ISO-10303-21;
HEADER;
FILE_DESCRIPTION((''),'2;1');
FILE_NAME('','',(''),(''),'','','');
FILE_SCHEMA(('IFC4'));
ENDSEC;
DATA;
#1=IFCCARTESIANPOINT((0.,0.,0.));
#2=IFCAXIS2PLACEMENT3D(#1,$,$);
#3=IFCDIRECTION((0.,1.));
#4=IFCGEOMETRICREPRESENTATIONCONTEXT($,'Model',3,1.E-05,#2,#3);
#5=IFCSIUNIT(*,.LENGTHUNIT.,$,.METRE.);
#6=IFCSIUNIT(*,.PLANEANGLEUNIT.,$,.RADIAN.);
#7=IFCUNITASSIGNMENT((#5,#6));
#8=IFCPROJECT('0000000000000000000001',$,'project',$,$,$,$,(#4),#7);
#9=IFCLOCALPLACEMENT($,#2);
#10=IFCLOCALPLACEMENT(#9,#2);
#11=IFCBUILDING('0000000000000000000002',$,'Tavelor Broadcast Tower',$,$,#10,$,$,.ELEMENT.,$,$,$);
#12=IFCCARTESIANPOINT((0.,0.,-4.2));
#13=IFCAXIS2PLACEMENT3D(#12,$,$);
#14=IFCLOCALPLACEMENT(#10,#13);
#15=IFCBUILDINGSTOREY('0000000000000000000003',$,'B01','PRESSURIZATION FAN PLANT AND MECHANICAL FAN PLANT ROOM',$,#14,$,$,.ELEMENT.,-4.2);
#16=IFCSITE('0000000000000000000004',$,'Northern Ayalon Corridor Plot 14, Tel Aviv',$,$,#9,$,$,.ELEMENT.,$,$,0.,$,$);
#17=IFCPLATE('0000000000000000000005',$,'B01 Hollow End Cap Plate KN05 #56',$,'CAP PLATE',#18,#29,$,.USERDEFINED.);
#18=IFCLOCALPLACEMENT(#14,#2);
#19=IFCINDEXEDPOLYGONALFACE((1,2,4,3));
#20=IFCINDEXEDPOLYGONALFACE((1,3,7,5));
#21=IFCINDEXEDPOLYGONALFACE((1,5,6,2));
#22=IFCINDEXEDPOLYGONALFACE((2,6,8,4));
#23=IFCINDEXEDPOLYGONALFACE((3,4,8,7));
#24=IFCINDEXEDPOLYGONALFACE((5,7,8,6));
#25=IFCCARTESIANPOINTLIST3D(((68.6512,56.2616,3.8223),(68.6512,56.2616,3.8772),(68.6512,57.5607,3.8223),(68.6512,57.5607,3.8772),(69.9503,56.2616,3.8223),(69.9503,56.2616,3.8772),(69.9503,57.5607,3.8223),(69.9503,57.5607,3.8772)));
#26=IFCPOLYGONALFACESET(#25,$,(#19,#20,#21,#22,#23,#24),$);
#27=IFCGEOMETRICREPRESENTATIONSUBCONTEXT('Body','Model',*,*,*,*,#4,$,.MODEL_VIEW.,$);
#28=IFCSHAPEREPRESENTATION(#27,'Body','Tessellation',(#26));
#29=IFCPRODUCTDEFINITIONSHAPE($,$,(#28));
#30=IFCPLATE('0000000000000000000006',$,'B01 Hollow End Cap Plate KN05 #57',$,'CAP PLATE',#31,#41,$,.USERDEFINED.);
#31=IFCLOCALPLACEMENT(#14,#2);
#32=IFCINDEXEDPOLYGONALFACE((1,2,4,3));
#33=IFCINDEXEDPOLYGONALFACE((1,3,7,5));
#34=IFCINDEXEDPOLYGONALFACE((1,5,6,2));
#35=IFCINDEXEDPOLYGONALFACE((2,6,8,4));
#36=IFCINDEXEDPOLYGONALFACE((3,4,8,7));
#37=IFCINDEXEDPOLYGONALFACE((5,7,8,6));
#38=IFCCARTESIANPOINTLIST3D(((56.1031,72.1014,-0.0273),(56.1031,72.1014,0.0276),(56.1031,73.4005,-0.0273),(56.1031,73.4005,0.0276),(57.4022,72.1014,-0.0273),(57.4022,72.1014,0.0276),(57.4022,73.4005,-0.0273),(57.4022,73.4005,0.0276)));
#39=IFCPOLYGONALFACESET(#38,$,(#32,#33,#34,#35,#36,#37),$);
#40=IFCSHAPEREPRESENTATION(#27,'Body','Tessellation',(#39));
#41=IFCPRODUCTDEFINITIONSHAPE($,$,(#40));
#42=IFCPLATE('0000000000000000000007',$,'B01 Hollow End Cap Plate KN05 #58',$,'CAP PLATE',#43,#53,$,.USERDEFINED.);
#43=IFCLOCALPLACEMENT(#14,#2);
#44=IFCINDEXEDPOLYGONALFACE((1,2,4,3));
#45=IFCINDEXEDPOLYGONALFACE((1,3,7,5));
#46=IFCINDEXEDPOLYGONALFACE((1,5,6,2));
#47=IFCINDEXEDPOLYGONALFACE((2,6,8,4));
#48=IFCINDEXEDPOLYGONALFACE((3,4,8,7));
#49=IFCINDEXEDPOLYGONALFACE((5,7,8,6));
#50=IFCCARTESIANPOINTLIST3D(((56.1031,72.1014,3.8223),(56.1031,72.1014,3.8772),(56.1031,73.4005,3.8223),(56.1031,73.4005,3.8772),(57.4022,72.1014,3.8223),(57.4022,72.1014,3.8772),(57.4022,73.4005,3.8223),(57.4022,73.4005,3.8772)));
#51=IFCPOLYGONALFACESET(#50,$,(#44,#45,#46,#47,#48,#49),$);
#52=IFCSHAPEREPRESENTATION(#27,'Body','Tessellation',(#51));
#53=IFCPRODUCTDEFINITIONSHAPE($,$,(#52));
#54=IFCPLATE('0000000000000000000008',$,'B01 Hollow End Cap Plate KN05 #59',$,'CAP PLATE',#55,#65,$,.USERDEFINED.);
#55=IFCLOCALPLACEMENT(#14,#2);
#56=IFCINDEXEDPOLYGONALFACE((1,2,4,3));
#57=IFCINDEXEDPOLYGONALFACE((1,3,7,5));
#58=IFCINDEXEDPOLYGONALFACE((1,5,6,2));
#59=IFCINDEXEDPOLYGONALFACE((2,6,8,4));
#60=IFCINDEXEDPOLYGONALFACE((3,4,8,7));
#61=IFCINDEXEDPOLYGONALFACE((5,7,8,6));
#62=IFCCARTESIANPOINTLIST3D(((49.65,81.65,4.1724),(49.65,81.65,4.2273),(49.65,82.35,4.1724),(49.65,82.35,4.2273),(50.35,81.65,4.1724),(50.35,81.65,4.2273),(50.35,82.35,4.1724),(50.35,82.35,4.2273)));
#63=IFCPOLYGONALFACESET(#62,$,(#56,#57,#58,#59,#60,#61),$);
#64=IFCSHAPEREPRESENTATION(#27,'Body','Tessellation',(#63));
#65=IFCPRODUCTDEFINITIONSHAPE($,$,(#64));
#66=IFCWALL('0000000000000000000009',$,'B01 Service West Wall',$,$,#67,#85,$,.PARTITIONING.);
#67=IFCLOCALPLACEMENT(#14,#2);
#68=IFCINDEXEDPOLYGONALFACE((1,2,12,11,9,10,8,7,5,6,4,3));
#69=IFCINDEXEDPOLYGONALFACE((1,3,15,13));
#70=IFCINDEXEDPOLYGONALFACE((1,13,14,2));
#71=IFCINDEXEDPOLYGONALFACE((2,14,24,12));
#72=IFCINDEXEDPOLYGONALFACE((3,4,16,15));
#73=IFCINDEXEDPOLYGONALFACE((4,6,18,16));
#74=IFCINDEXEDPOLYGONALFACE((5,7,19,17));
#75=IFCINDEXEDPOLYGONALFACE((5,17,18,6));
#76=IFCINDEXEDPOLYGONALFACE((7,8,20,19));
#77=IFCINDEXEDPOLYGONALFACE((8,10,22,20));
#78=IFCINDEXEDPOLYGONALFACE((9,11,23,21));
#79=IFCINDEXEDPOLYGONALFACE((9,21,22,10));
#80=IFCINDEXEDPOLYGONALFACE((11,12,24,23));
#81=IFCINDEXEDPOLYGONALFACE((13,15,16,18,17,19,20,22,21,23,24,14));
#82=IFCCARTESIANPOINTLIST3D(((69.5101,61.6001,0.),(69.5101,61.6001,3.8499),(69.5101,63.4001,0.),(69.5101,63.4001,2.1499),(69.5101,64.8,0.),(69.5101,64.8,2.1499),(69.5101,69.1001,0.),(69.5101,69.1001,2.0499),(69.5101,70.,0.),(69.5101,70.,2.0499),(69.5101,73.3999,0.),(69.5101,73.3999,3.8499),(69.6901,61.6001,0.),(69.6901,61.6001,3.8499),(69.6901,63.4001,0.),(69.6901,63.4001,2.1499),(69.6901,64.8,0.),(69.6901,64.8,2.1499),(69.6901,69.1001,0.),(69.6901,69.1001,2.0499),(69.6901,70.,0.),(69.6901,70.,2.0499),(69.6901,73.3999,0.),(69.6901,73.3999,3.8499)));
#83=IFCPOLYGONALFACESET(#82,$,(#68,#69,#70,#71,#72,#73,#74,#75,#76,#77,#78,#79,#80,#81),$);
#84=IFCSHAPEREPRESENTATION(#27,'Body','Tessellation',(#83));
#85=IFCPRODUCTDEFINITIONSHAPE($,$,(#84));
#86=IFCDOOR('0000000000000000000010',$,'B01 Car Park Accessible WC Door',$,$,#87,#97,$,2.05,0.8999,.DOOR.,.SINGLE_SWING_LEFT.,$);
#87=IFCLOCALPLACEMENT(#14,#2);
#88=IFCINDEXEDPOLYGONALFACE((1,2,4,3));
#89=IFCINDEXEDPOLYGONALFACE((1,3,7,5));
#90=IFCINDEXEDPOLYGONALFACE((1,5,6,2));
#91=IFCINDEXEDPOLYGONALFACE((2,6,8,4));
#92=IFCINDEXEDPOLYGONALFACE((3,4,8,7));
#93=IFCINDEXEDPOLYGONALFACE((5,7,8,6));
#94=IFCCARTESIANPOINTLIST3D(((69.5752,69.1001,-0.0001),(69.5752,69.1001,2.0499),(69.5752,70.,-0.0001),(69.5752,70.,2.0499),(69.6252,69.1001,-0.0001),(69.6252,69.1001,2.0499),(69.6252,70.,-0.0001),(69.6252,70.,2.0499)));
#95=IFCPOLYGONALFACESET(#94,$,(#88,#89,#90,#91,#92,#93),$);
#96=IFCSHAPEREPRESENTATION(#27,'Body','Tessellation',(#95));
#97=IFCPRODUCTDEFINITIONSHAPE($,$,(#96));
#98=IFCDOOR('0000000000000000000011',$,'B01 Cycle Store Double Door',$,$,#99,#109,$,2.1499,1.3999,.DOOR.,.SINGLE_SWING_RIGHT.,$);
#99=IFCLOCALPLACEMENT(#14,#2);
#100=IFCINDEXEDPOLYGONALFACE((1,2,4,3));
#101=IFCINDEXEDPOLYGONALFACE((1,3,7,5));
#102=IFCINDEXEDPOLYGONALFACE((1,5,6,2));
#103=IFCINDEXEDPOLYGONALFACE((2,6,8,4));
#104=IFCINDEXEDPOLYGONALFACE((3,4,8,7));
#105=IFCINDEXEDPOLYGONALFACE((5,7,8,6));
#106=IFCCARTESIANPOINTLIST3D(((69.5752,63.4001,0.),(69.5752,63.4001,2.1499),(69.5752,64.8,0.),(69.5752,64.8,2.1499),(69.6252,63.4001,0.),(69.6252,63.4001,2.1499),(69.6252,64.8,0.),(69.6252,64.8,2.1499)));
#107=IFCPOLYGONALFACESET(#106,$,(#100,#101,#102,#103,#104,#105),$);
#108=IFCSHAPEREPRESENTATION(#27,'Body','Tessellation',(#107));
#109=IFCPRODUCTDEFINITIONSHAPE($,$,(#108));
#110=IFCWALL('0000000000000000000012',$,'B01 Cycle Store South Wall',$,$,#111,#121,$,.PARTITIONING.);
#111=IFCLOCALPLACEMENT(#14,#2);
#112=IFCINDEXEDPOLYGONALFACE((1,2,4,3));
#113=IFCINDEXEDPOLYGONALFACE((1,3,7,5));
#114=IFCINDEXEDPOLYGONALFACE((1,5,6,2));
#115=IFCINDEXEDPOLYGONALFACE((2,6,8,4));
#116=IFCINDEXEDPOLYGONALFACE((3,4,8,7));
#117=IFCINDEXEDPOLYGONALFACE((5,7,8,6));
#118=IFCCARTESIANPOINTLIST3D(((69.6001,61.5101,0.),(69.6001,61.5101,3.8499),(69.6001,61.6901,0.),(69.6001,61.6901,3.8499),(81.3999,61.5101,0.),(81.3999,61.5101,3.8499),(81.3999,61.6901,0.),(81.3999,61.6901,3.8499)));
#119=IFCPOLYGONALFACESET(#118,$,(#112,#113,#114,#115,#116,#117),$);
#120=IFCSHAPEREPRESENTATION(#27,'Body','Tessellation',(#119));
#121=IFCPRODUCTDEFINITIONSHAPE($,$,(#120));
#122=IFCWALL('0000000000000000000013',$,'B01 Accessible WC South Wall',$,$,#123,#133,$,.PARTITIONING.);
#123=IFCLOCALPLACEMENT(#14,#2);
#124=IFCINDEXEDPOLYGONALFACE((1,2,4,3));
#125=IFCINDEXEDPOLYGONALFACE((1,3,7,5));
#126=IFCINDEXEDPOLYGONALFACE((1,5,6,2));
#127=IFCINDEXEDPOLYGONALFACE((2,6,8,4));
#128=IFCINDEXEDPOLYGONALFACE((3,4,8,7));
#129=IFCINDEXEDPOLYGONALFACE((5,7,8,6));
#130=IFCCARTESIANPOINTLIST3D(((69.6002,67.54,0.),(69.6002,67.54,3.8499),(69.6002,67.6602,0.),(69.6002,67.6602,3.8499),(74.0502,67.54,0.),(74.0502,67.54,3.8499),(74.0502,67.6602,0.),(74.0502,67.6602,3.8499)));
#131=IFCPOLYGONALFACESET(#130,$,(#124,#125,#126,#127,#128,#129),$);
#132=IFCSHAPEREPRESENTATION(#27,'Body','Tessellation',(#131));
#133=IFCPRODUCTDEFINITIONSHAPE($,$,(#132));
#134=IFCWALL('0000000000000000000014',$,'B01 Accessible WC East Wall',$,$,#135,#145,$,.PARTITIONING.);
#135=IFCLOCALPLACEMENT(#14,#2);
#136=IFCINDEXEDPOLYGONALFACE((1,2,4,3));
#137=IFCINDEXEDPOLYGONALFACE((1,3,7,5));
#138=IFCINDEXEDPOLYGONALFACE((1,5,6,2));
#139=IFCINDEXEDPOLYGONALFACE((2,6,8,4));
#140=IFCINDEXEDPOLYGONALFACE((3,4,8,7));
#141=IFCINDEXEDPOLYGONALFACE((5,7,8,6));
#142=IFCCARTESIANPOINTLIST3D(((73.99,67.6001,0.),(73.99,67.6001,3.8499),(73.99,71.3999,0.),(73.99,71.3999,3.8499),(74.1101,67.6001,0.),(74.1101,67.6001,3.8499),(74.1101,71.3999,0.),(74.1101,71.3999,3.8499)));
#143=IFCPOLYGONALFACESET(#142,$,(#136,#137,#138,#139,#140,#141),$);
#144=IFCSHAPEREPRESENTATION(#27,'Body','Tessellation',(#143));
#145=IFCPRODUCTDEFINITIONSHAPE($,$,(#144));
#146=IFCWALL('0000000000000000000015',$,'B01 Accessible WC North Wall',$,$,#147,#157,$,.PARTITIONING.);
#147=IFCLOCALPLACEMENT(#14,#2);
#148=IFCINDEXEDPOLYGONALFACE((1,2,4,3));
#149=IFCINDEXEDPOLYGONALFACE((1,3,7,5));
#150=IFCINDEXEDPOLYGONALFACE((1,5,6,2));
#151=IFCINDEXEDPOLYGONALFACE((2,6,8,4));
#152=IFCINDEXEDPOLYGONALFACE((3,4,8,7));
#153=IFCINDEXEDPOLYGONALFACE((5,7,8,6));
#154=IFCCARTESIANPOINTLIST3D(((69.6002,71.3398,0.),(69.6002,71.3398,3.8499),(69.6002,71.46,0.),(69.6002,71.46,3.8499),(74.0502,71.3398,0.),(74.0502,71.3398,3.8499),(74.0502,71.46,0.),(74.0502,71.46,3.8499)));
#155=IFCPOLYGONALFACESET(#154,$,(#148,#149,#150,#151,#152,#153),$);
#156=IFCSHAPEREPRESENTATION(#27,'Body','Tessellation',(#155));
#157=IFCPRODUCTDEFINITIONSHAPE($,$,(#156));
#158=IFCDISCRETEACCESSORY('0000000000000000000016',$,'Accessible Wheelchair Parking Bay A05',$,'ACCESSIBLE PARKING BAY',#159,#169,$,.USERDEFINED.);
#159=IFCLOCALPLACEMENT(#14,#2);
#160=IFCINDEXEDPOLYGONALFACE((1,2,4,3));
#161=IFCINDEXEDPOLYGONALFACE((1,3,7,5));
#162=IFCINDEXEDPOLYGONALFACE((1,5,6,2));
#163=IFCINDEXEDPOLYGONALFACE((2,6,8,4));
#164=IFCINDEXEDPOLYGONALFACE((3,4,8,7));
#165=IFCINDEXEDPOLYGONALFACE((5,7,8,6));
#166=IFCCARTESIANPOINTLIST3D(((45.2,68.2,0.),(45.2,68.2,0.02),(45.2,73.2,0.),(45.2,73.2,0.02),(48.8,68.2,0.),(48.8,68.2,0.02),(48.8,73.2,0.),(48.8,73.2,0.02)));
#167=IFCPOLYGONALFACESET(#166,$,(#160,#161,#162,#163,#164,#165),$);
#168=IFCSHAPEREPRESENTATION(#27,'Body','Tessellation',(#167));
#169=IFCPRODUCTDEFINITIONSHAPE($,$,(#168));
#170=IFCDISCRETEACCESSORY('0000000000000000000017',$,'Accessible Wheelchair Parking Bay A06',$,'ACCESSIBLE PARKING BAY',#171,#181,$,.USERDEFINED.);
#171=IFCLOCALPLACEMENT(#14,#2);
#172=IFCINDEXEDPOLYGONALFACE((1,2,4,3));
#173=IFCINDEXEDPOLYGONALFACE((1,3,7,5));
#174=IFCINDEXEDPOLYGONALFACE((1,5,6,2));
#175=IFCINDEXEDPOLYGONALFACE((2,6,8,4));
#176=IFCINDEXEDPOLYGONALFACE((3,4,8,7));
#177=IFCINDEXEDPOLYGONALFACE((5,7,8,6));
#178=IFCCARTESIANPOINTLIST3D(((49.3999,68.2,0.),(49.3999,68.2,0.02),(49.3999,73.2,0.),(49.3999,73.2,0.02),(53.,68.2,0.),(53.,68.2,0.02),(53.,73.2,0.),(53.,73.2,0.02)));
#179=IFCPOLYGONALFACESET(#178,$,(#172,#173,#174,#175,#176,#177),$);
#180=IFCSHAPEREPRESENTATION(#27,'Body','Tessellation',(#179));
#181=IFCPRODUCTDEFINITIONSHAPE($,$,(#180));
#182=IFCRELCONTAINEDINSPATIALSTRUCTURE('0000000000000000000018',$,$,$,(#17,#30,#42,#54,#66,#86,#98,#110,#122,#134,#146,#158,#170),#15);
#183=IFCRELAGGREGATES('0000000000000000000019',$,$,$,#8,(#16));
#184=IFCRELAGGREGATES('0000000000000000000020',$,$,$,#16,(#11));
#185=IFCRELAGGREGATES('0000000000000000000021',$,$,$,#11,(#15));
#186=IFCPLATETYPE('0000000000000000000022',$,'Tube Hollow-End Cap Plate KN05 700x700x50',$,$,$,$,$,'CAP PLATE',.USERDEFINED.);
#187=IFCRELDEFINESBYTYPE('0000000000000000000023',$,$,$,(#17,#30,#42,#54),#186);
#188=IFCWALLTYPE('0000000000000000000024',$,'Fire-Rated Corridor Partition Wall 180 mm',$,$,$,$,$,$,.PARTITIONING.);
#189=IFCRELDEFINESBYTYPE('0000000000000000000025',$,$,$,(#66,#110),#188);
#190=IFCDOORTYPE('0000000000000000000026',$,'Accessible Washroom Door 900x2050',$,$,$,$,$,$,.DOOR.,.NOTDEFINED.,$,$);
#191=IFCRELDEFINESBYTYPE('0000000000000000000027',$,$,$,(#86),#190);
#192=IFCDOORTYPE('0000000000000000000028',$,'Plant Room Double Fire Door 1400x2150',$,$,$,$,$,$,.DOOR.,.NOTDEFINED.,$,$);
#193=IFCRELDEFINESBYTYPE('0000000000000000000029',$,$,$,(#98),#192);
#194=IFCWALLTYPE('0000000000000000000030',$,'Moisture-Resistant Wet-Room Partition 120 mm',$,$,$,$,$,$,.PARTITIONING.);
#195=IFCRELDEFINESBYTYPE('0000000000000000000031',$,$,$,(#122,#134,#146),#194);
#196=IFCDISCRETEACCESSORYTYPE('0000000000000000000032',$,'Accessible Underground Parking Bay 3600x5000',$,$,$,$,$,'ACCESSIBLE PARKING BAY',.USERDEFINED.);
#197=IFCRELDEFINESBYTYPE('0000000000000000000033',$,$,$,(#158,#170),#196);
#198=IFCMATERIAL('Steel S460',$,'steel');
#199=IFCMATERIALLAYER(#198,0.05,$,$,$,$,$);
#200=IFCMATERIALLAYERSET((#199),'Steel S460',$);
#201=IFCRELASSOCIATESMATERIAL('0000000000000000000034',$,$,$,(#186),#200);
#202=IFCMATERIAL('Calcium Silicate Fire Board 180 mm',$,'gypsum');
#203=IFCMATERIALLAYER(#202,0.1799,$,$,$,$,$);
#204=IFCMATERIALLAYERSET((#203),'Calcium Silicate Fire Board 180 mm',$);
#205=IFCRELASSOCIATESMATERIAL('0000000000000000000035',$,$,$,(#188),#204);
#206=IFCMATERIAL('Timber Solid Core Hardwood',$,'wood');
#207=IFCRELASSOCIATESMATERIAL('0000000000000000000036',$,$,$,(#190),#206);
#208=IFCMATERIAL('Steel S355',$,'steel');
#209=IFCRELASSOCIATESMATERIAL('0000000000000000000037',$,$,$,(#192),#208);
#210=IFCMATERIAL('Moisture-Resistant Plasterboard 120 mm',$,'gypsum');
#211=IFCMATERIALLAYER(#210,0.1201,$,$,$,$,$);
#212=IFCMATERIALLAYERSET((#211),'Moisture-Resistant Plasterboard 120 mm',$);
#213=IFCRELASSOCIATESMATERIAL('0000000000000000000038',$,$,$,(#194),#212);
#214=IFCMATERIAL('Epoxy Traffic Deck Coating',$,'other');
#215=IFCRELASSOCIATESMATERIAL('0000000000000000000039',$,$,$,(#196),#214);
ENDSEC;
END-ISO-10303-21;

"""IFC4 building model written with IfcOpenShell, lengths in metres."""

from ifc_helpers import new_model, si_unit, direction, frame, frame_2d, origin, origin_2d, place, context, subcontext, project, spatial, rectangle, extrude, source, transform, mapped, material, layer, layer_set, type_object, type_shapes, element, fill, save


model = new_model("IFC4")

# Units and contexts
model_context = context("Model", 3, precision=1e-05, world=origin(), true_north=direction((0.0, 1.0)))
body_context = subcontext(model_context, "Body", "Model", "MODEL_VIEW")
ifc_project = project(units=[si_unit("LENGTHUNIT", "METRE"), si_unit("PLANEANGLEUNIT", "RADIAN")], contexts=[model_context])

# Site, building, storey
site_placement = place(None, origin())
site = spatial("IfcSite", under=ifc_project, at=site_placement, Name="Northern Ayalon Corridor Plot 14, Tel Aviv", CompositionType="ELEMENT", RefElevation=0.0)
building_placement = place(site_placement, origin())
building = spatial("IfcBuilding", under=site, at=building_placement, Name="Tavelor Broadcast Tower", CompositionType="ELEMENT")
storey_placement = place(building_placement, frame((0.0, 0.0, -4.2)))
storey = spatial("IfcBuildingStorey", under=building, at=storey_placement, Name="B01", Description="PRESSURIZATION FAN PLANT AND MECHANICAL FAN PLANT ROOM", CompositionType="ELEMENT", Elevation=-4.2)

# Shared definitions
ifc_material_1 = material(Name="Steel S355", Category="steel")
ifc_material_2 = material(Name="Steel S460", Category="steel")

# Plates
ifc_layer_1 = layer(ifc_material_2, 0.05)
ifc_layer_set_1 = layer_set([ifc_layer_1], Name="Steel S460")
plate_type = type_object("IfcPlateType", Name="Tube Hollow-End Cap Plate KN05 700x700x50", ElementType="CAP PLATE", PredefinedType="USERDEFINED", material=ifc_layer_set_1)
shared_shape_1 = source(origin(), body_context, "Body", "SweptSolid", [
    extrude(rectangle(XDim=1.2991, YDim=1.2991, at=origin_2d()), origin(), (0.0, 0.0, 1.0), 0.0549),
])
for number, where, z_axis, x_axis, name in (
    (1, (69.3008, 56.9111, 3.8223), (0.0, 0.0, 1.0), (1.0, 0.0, 0.0), "B01 Hollow End Cap Plate KN05 #56"),
    (2, (56.7527, 72.751, -0.0273), (0.0, 0.0, 1.0), (1.0, 0.0, 0.0), "B01 Hollow End Cap Plate KN05 #57"),
    (3, (56.7527, 72.751, 3.8223), (0.0, 0.0, 1.0), (1.0, 0.0, 0.0), "B01 Hollow End Cap Plate KN05 #58"),
):
    element("IfcPlate", number, at=place(storey_placement, frame(where, z_axis=z_axis, x_axis=x_axis)), inside=storey, type_object=plate_type, Name=name, ObjectType="CAP PLATE", PredefinedType="USERDEFINED", context=body_context, shape_type="MappedRepresentation", body=[
        mapped(shared_shape_1, transform((0.0, 0.0, 0.0), scale=1.0)),
    ])
shared_shape_2 = source(origin(), body_context, "Body", "SweptSolid", [
    extrude(rectangle(XDim=0.7, YDim=0.7, at=origin_2d()), origin(), (0.0, 0.0, 1.0), 0.0549),
])
type_shapes(plate_type, [shared_shape_1, shared_shape_2])
plate_placement = place(storey_placement, frame((50.0, 82.0, 4.1724), z_axis=(0.0, 0.0, 1.0), x_axis=(1.0, 0.0, 0.0)))
element("IfcPlate", 4, at=plate_placement, inside=storey, type_object=plate_type, Name="B01 Hollow End Cap Plate KN05 #59", ObjectType="CAP PLATE", PredefinedType="USERDEFINED", context=body_context, shape_type="MappedRepresentation", body=[
    mapped(shared_shape_2, transform((0.0, 0.0, 0.0), scale=1.0)),
])

# Wall, openings, doors
ifc_material_3 = material(Name="Calcium Silicate Fire Board 180 mm", Category="gypsum")
ifc_layer_2 = layer(ifc_material_3, 0.1799)
ifc_layer_set_2 = layer_set([ifc_layer_2], Name="Calcium Silicate Fire Board 180 mm")
wall_type_1 = type_object("IfcWallType", Name="Fire-Rated Corridor Partition Wall 180 mm", PredefinedType="PARTITIONING", material=ifc_layer_set_2)
wall_1_placement = place(storey_placement, frame((69.6001, 61.6001, 0.0), z_axis=(0.0, 0.0, 1.0), x_axis=(0.0, 1.0, 0.0)))
wall_1 = element("IfcWall", 5, at=wall_1_placement, inside=storey, type_object=wall_type_1, Name="B01 Service West Wall", PredefinedType="PARTITIONING", context=body_context, shape_type="SweptSolid", body=[
    extrude(rectangle(XDim=11.7998, YDim=0.1799, at=frame_2d((5.8999, 0.0))), origin(), (0.0, 0.0, 1.0), 3.8499),
])
opening_1_placement = place(wall_1_placement, frame((1.8, 0.0, 0.0)))
opening_1 = element("IfcOpeningElement", 6, at=opening_1_placement, cuts=wall_1, PredefinedType="OPENING", context=body_context, shape_type="SweptSolid", body=[
    extrude(rectangle(XDim=1.3999, YDim=2.1499, at=frame_2d((0.7, 1.075))), frame((0.0, 0.1001, 0.0), z_axis=(0.0, -1.0, 0.0), x_axis=(1.0, 0.0, 0.0)), (0.0, 0.0, 1.0), 0.2),
])
opening_2_placement = place(wall_1_placement, frame((7.5, 0.0, 0.0)))
opening_2 = element("IfcOpeningElement", 7, at=opening_2_placement, cuts=wall_1, PredefinedType="OPENING", context=body_context, shape_type="SweptSolid", body=[
    extrude(rectangle(XDim=0.8999, YDim=2.05, at=frame_2d((0.45, 1.0249))), frame((0.0, 0.1001, 0.0), z_axis=(0.0, -1.0, 0.0), x_axis=(1.0, 0.0, 0.0)), (0.0, 0.0, 1.0), 0.2),
])
ifc_material_4 = material(Name="Timber Solid Core Hardwood", Category="wood")
door_type_1 = type_object("IfcDoorType", Name="Accessible Washroom Door 900x2050", OperationType="NOTDEFINED", PredefinedType="DOOR", material=ifc_material_4)
door_1_placement = place(opening_2_placement, origin())
door_1 = element("IfcDoor", 8, at=door_1_placement, inside=storey, type_object=door_type_1, Name="B01 Car Park Accessible WC Door", OperationType="SINGLE_SWING_LEFT", OverallHeight=2.05, OverallWidth=0.8999, PredefinedType="DOOR", context=body_context, shape_type="SweptSolid", body=[
    extrude(rectangle(XDim=0.8999, YDim=2.05, at=frame_2d((0.45, 1.0249))), frame((0.0, 0.0249, 0.0), z_axis=(0.0, -1.0, 0.0), x_axis=(1.0, 0.0, 0.0)), (0.0, 0.0, 1.0), 0.05),
])
fill(opening_2, door_1)
door_type_2 = type_object("IfcDoorType", Name="Plant Room Double Fire Door 1400x2150", OperationType="NOTDEFINED", PredefinedType="DOOR", material=ifc_material_1)
door_2_placement = place(opening_1_placement, origin())
door_2 = element("IfcDoor", 9, at=door_2_placement, inside=storey, type_object=door_type_2, Name="B01 Cycle Store Double Door", OperationType="SINGLE_SWING_RIGHT", OverallHeight=2.1499, OverallWidth=1.3999, PredefinedType="DOOR", context=body_context, shape_type="SweptSolid", body=[
    extrude(rectangle(XDim=1.3999, YDim=2.1499, at=frame_2d((0.7, 1.075))), frame((0.0, 0.0249, 0.0), z_axis=(0.0, -1.0, 0.0), x_axis=(1.0, 0.0, 0.0)), (0.0, 0.0, 1.0), 0.05),
])
fill(opening_1, door_2)

# Walls
wall_2_placement = place(storey_placement, frame((69.6001, 61.6001, 0.0), z_axis=(0.0, 0.0, 1.0), x_axis=(1.0, 0.0, 0.0)))
element("IfcWall", 10, at=wall_2_placement, inside=storey, type_object=wall_type_1, Name="B01 Cycle Store South Wall", PredefinedType="PARTITIONING", context=body_context, shape_type="SweptSolid", body=[
    extrude(rectangle(XDim=11.7998, YDim=0.1799, at=frame_2d((5.8999, 0.0))), origin(), (0.0, 0.0, 1.0), 3.8499),
])
ifc_material_5 = material(Name="Moisture-Resistant Plasterboard 120 mm", Category="gypsum")
ifc_layer_3 = layer(ifc_material_5, 0.1201)
ifc_layer_set_3 = layer_set([ifc_layer_3], Name="Moisture-Resistant Plasterboard 120 mm")
wall_type_2 = type_object("IfcWallType", Name="Moisture-Resistant Wet-Room Partition 120 mm", PredefinedType="PARTITIONING", material=ifc_layer_set_3)
wall_3_placement = place(storey_placement, frame((69.6001, 67.6001, 0.0), z_axis=(0.0, 0.0, 1.0), x_axis=(1.0, 0.0, 0.0)))
element("IfcWall", 11, at=wall_3_placement, inside=storey, type_object=wall_type_2, Name="B01 Accessible WC South Wall", PredefinedType="PARTITIONING", context=body_context, shape_type="SweptSolid", body=[
    extrude(rectangle(XDim=4.45, YDim=0.1201, at=frame_2d((2.2251, 0.0))), origin(), (0.0, 0.0, 1.0), 3.8499),
])
wall_4_placement = place(storey_placement, frame((74.05, 67.6001, 0.0), z_axis=(0.0, 0.0, 1.0), x_axis=(0.0, 1.0, 0.0)))
element("IfcWall", 12, at=wall_4_placement, inside=storey, type_object=wall_type_2, Name="B01 Accessible WC East Wall", PredefinedType="PARTITIONING", context=body_context, shape_type="SweptSolid", body=[
    extrude(rectangle(XDim=3.7998, YDim=0.1201, at=frame_2d((1.8999, 0.0))), origin(), (0.0, 0.0, 1.0), 3.8499),
])
wall_5_placement = place(storey_placement, frame((69.6001, 71.3999, 0.0), z_axis=(0.0, 0.0, 1.0), x_axis=(1.0, 0.0, 0.0)))
element("IfcWall", 13, at=wall_5_placement, inside=storey, type_object=wall_type_2, Name="B01 Accessible WC North Wall", PredefinedType="PARTITIONING", context=body_context, shape_type="SweptSolid", body=[
    extrude(rectangle(XDim=4.45, YDim=0.1201, at=frame_2d((2.2251, 0.0))), origin(), (0.0, 0.0, 1.0), 3.8499),
])

# Discrete accessories
ifc_material_6 = material(Name="Epoxy Traffic Deck Coating", Category="other")
discrete_accessory_type_1 = type_object("IfcDiscreteAccessoryType", Name="Accessible Underground Parking Bay 3600x5000", ElementType="ACCESSIBLE PARKING BAY", PredefinedType="USERDEFINED", material=ifc_material_6)
shared_shape_3 = source(origin(), body_context, "Body", "SweptSolid", [
    extrude(rectangle(XDim=3.6001, YDim=5.0, at=origin_2d()), origin(), (0.0, 0.0, 1.0), 0.02),
])
type_shapes(discrete_accessory_type_1, [shared_shape_3])
for number, where, z_axis, x_axis, name in (
    (14, (47.0, 70.7, 0.0), (0.0, 0.0, 1.0), (1.0, 0.0, 0.0), "Accessible Wheelchair Parking Bay A05"),
    (15, (51.2, 70.7, 0.0), (0.0, 0.0, 1.0), (1.0, 0.0, 0.0), "Accessible Wheelchair Parking Bay A06"),
):
    element("IfcDiscreteAccessory", number, at=place(storey_placement, frame(where, z_axis=z_axis, x_axis=x_axis)), inside=storey, type_object=discrete_accessory_type_1, Name=name, ObjectType="ACCESSIBLE PARKING BAY", PredefinedType="USERDEFINED", context=body_context, shape_type="MappedRepresentation", body=[
        mapped(shared_shape_3, transform((0.0, 0.0, 0.0), scale=1.0)),
    ])

save(model, "model.ifc")
